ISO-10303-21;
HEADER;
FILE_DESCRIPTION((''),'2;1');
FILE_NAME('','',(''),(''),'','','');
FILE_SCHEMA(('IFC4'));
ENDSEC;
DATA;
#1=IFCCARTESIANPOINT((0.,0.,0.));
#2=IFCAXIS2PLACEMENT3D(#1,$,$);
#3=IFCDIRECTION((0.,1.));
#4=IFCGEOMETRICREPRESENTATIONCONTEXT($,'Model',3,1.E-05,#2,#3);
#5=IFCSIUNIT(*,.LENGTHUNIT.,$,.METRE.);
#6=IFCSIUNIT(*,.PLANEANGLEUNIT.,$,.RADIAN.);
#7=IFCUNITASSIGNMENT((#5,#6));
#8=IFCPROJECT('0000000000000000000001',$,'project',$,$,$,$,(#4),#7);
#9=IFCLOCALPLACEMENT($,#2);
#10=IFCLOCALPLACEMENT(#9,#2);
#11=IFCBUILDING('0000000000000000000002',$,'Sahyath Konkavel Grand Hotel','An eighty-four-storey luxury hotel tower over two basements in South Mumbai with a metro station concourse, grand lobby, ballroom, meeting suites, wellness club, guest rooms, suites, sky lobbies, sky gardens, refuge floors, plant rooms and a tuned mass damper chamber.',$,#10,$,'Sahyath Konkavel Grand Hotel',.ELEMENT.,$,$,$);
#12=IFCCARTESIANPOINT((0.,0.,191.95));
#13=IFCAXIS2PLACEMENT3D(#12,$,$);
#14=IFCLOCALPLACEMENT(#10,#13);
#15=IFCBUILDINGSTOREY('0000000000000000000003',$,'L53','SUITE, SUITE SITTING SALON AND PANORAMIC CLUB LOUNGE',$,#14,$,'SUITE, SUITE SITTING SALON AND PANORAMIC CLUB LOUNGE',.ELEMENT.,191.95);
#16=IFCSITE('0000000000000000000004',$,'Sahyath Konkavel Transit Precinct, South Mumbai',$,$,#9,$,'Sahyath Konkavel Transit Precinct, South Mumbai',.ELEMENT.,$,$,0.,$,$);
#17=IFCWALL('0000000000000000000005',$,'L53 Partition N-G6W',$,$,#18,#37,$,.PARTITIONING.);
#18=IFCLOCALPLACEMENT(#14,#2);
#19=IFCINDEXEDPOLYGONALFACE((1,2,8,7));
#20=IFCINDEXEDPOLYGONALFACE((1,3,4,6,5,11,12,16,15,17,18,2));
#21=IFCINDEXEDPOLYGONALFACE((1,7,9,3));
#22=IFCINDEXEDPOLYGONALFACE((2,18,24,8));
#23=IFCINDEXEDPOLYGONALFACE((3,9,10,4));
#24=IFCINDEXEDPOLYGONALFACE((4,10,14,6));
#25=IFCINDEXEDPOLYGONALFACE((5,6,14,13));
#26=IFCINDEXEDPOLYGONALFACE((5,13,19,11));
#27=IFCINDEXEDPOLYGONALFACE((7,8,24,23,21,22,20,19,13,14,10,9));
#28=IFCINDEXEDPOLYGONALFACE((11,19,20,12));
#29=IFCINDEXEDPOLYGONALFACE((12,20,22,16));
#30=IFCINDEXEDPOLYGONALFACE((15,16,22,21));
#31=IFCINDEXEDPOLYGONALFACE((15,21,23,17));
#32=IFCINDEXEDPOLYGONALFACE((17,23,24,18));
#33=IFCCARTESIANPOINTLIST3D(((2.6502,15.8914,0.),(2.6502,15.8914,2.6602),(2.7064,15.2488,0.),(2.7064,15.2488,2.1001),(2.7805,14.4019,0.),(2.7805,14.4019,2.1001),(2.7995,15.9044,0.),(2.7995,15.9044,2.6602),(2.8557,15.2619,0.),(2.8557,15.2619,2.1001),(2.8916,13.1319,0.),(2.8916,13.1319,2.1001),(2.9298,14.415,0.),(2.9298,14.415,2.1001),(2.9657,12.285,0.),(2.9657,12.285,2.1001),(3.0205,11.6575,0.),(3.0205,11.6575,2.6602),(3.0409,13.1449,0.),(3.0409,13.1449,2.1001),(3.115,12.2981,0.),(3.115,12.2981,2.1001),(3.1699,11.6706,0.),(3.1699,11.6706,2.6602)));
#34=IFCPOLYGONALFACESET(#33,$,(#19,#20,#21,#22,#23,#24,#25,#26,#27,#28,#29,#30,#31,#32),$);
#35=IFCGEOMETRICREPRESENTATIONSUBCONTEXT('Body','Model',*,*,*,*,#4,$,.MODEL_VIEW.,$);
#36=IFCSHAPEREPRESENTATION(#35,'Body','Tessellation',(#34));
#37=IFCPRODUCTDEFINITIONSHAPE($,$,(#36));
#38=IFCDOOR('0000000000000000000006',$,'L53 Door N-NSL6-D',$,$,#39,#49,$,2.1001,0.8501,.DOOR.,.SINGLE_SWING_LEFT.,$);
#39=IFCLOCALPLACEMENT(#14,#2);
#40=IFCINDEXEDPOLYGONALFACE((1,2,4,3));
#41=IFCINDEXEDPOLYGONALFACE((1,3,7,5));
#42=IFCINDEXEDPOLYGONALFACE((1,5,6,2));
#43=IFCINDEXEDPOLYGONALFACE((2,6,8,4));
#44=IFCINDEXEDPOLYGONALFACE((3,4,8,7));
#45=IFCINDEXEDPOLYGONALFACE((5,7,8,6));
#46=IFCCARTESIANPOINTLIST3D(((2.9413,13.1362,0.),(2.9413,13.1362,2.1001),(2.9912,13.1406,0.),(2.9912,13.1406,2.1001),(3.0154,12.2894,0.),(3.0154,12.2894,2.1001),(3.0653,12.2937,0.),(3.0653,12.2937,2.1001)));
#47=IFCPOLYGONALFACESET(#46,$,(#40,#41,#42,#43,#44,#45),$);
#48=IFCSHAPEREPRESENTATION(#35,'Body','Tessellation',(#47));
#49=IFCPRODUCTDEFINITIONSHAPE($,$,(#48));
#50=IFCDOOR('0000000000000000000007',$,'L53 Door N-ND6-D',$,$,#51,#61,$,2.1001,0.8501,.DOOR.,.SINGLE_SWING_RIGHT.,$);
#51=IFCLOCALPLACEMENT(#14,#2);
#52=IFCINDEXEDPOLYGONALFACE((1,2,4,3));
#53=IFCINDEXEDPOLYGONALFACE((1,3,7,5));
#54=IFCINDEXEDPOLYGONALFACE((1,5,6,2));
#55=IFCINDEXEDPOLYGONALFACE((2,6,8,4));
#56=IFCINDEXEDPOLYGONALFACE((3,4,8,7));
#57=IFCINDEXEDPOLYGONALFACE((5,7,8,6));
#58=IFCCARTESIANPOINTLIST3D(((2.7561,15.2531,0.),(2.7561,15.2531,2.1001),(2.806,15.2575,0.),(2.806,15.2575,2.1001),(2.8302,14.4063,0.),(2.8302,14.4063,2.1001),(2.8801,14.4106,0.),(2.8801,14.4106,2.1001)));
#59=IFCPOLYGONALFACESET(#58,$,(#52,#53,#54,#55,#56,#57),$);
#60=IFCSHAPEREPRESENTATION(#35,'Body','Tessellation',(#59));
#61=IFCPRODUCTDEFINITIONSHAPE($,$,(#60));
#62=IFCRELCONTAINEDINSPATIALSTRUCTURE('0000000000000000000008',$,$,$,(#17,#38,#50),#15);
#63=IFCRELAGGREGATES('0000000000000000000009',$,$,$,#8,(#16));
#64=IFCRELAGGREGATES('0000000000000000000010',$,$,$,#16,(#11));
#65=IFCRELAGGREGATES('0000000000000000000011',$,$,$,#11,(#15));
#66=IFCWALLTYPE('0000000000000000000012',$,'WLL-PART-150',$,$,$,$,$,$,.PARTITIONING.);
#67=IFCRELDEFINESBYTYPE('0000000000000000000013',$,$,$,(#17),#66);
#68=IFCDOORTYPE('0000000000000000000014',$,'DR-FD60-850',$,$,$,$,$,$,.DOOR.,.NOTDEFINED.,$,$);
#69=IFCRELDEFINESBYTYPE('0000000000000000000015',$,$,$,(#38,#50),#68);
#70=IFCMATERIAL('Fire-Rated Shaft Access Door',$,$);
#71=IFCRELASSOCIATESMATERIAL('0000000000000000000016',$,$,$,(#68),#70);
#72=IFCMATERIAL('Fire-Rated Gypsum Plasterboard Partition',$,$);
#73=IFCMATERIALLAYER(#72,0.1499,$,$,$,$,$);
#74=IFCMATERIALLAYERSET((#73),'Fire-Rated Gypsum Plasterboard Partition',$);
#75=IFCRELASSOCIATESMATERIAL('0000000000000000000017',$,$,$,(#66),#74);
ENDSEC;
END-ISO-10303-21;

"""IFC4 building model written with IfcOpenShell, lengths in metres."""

from ifc_helpers import new_model, si_unit, direction, frame, frame_2d, origin, origin_2d, place, context, subcontext, project, spatial, rectangle, extrude, source, transform, mapped, material, layer, layer_set, type_object, element, fill, save


model = new_model("IFC4")

# Units and contexts
model_context = context("Model", 3, precision=1e-05, world=origin(), true_north=direction((0.0, 1.0)))
body_context = subcontext(model_context, "Body", "Model", "MODEL_VIEW")
ifc_project = project(units=[si_unit("LENGTHUNIT", "METRE"), si_unit("PLANEANGLEUNIT", "RADIAN")], contexts=[model_context])

# Site, building, storey
site_placement = place(None, origin())
site = spatial("IfcSite", under=ifc_project, at=site_placement, Name="Sahyath Konkavel Transit Precinct, South Mumbai", LongName="Sahyath Konkavel Transit Precinct, South Mumbai", CompositionType="ELEMENT", RefElevation=0.0)
building_placement = place(site_placement, origin())
building = spatial("IfcBuilding", under=site, at=building_placement, Name="Sahyath Konkavel Grand Hotel", Description="An eighty-four-storey luxury hotel tower over two basements in South Mumbai with a metro station concourse, grand lobby, ballroom, meeting suites, wellness club, guest rooms, suites, sky lobbies, sky gardens, refuge floors, plant rooms and a tuned mass damper chamber.", LongName="Sahyath Konkavel Grand Hotel", CompositionType="ELEMENT")
storey_placement = place(building_placement, frame((0.0, 0.0, 191.95)))
storey = spatial("IfcBuildingStorey", under=building, at=storey_placement, Name="L53", Description="SUITE, SUITE SITTING SALON AND PANORAMIC CLUB LOUNGE", LongName="SUITE, SUITE SITTING SALON AND PANORAMIC CLUB LOUNGE", CompositionType="ELEMENT", Elevation=191.95)

# Shared definitions
ifc_material_1 = material(Name="Fire-Rated Shaft Access Door")
door_type = type_object("IfcDoorType", Name="DR-FD60-850", OperationType="NOTDEFINED", PredefinedType="DOOR", material=ifc_material_1)
shared_shape_1 = source(origin(), body_context, "Body", "SweptSolid", [
    extrude(rectangle(XDim=0.8501, YDim=0.05, at=origin_2d()), origin(), (0.0, 0.0, 1.0), 2.1001),
])

# Wall, openings, doors
ifc_material_2 = material(Name="Fire-Rated Gypsum Plasterboard Partition")
ifc_layer_1 = layer(ifc_material_2, 0.1499)
ifc_layer_set_1 = layer_set([ifc_layer_1], Name="Fire-Rated Gypsum Plasterboard Partition")
wall_type_1 = type_object("IfcWallType", Name="WLL-PART-150", PredefinedType="PARTITIONING", material=ifc_layer_set_1)
wall_1_placement = place(storey_placement, frame((3.0952, 11.6641, 0.0), z_axis=(0.0, 0.0, 1.0), x_axis=(-0.087143, 0.996196, 0.0)))
wall_1 = element("IfcWall", 1, at=wall_1_placement, inside=storey, type_object=wall_type_1, Name="L53 Partition N-G6W", PredefinedType="PARTITIONING", context=body_context, shape_type="SweptSolid", body=[
    extrude(rectangle(XDim=4.25, YDim=0.1499, at=frame_2d((2.125, 0.0))), origin(), (0.0, 0.0, 1.0), 2.6602),
])
opening_1_placement = place(wall_1_placement, frame((0.6299, 0.0, 0.0)))
opening_1 = element("IfcOpeningElement", 2, at=opening_1_placement, cuts=wall_1, PredefinedType="OPENING", context=body_context, shape_type="SweptSolid", body=[
    extrude(rectangle(XDim=0.8501, YDim=2.1001, at=frame_2d((0.425, 1.05))), frame((0.0, 0.085, 0.0), z_axis=(0.0, -1.0, 0.0), x_axis=(1.0, 0.0, 0.0)), (0.0, 0.0, 1.0), 0.1699),
])
opening_2_placement = place(wall_1_placement, frame((2.7549, 0.0, 0.0)))
opening_2 = element("IfcOpeningElement", 3, at=opening_2_placement, cuts=wall_1, PredefinedType="OPENING", context=body_context, shape_type="SweptSolid", body=[
    extrude(rectangle(XDim=0.8501, YDim=2.1001, at=frame_2d((0.425, 1.05))), frame((0.0, 0.085, 0.0), z_axis=(0.0, -1.0, 0.0), x_axis=(1.0, 0.0, 0.0)), (0.0, 0.0, 1.0), 0.1699),
])
door_1_placement = place(opening_1_placement, frame((0.425, 0.0, 0.0)))
door_1 = element("IfcDoor", 4, at=door_1_placement, inside=storey, type_object=door_type, Name="L53 Door N-NSL6-D", OperationType="SINGLE_SWING_LEFT", OverallHeight=2.1001, OverallWidth=0.8501, PredefinedType="DOOR", context=body_context, shape_type="MappedRepresentation", body=[
    mapped(shared_shape_1, transform((0.0, 0.0, 0.0), scale=1.0)),
])
fill(opening_1, door_1)
door_2_placement = place(opening_2_placement, frame((0.425, 0.0, 0.0)))
door_2 = element("IfcDoor", 5, at=door_2_placement, inside=storey, type_object=door_type, Name="L53 Door N-ND6-D", OperationType="SINGLE_SWING_RIGHT", OverallHeight=2.1001, OverallWidth=0.8501, PredefinedType="DOOR", context=body_context, shape_type="MappedRepresentation", body=[
    mapped(shared_shape_1, transform((0.0, 0.0, 0.0), scale=1.0)),
])
fill(opening_2, door_2)

save(model, "model.ifc")
